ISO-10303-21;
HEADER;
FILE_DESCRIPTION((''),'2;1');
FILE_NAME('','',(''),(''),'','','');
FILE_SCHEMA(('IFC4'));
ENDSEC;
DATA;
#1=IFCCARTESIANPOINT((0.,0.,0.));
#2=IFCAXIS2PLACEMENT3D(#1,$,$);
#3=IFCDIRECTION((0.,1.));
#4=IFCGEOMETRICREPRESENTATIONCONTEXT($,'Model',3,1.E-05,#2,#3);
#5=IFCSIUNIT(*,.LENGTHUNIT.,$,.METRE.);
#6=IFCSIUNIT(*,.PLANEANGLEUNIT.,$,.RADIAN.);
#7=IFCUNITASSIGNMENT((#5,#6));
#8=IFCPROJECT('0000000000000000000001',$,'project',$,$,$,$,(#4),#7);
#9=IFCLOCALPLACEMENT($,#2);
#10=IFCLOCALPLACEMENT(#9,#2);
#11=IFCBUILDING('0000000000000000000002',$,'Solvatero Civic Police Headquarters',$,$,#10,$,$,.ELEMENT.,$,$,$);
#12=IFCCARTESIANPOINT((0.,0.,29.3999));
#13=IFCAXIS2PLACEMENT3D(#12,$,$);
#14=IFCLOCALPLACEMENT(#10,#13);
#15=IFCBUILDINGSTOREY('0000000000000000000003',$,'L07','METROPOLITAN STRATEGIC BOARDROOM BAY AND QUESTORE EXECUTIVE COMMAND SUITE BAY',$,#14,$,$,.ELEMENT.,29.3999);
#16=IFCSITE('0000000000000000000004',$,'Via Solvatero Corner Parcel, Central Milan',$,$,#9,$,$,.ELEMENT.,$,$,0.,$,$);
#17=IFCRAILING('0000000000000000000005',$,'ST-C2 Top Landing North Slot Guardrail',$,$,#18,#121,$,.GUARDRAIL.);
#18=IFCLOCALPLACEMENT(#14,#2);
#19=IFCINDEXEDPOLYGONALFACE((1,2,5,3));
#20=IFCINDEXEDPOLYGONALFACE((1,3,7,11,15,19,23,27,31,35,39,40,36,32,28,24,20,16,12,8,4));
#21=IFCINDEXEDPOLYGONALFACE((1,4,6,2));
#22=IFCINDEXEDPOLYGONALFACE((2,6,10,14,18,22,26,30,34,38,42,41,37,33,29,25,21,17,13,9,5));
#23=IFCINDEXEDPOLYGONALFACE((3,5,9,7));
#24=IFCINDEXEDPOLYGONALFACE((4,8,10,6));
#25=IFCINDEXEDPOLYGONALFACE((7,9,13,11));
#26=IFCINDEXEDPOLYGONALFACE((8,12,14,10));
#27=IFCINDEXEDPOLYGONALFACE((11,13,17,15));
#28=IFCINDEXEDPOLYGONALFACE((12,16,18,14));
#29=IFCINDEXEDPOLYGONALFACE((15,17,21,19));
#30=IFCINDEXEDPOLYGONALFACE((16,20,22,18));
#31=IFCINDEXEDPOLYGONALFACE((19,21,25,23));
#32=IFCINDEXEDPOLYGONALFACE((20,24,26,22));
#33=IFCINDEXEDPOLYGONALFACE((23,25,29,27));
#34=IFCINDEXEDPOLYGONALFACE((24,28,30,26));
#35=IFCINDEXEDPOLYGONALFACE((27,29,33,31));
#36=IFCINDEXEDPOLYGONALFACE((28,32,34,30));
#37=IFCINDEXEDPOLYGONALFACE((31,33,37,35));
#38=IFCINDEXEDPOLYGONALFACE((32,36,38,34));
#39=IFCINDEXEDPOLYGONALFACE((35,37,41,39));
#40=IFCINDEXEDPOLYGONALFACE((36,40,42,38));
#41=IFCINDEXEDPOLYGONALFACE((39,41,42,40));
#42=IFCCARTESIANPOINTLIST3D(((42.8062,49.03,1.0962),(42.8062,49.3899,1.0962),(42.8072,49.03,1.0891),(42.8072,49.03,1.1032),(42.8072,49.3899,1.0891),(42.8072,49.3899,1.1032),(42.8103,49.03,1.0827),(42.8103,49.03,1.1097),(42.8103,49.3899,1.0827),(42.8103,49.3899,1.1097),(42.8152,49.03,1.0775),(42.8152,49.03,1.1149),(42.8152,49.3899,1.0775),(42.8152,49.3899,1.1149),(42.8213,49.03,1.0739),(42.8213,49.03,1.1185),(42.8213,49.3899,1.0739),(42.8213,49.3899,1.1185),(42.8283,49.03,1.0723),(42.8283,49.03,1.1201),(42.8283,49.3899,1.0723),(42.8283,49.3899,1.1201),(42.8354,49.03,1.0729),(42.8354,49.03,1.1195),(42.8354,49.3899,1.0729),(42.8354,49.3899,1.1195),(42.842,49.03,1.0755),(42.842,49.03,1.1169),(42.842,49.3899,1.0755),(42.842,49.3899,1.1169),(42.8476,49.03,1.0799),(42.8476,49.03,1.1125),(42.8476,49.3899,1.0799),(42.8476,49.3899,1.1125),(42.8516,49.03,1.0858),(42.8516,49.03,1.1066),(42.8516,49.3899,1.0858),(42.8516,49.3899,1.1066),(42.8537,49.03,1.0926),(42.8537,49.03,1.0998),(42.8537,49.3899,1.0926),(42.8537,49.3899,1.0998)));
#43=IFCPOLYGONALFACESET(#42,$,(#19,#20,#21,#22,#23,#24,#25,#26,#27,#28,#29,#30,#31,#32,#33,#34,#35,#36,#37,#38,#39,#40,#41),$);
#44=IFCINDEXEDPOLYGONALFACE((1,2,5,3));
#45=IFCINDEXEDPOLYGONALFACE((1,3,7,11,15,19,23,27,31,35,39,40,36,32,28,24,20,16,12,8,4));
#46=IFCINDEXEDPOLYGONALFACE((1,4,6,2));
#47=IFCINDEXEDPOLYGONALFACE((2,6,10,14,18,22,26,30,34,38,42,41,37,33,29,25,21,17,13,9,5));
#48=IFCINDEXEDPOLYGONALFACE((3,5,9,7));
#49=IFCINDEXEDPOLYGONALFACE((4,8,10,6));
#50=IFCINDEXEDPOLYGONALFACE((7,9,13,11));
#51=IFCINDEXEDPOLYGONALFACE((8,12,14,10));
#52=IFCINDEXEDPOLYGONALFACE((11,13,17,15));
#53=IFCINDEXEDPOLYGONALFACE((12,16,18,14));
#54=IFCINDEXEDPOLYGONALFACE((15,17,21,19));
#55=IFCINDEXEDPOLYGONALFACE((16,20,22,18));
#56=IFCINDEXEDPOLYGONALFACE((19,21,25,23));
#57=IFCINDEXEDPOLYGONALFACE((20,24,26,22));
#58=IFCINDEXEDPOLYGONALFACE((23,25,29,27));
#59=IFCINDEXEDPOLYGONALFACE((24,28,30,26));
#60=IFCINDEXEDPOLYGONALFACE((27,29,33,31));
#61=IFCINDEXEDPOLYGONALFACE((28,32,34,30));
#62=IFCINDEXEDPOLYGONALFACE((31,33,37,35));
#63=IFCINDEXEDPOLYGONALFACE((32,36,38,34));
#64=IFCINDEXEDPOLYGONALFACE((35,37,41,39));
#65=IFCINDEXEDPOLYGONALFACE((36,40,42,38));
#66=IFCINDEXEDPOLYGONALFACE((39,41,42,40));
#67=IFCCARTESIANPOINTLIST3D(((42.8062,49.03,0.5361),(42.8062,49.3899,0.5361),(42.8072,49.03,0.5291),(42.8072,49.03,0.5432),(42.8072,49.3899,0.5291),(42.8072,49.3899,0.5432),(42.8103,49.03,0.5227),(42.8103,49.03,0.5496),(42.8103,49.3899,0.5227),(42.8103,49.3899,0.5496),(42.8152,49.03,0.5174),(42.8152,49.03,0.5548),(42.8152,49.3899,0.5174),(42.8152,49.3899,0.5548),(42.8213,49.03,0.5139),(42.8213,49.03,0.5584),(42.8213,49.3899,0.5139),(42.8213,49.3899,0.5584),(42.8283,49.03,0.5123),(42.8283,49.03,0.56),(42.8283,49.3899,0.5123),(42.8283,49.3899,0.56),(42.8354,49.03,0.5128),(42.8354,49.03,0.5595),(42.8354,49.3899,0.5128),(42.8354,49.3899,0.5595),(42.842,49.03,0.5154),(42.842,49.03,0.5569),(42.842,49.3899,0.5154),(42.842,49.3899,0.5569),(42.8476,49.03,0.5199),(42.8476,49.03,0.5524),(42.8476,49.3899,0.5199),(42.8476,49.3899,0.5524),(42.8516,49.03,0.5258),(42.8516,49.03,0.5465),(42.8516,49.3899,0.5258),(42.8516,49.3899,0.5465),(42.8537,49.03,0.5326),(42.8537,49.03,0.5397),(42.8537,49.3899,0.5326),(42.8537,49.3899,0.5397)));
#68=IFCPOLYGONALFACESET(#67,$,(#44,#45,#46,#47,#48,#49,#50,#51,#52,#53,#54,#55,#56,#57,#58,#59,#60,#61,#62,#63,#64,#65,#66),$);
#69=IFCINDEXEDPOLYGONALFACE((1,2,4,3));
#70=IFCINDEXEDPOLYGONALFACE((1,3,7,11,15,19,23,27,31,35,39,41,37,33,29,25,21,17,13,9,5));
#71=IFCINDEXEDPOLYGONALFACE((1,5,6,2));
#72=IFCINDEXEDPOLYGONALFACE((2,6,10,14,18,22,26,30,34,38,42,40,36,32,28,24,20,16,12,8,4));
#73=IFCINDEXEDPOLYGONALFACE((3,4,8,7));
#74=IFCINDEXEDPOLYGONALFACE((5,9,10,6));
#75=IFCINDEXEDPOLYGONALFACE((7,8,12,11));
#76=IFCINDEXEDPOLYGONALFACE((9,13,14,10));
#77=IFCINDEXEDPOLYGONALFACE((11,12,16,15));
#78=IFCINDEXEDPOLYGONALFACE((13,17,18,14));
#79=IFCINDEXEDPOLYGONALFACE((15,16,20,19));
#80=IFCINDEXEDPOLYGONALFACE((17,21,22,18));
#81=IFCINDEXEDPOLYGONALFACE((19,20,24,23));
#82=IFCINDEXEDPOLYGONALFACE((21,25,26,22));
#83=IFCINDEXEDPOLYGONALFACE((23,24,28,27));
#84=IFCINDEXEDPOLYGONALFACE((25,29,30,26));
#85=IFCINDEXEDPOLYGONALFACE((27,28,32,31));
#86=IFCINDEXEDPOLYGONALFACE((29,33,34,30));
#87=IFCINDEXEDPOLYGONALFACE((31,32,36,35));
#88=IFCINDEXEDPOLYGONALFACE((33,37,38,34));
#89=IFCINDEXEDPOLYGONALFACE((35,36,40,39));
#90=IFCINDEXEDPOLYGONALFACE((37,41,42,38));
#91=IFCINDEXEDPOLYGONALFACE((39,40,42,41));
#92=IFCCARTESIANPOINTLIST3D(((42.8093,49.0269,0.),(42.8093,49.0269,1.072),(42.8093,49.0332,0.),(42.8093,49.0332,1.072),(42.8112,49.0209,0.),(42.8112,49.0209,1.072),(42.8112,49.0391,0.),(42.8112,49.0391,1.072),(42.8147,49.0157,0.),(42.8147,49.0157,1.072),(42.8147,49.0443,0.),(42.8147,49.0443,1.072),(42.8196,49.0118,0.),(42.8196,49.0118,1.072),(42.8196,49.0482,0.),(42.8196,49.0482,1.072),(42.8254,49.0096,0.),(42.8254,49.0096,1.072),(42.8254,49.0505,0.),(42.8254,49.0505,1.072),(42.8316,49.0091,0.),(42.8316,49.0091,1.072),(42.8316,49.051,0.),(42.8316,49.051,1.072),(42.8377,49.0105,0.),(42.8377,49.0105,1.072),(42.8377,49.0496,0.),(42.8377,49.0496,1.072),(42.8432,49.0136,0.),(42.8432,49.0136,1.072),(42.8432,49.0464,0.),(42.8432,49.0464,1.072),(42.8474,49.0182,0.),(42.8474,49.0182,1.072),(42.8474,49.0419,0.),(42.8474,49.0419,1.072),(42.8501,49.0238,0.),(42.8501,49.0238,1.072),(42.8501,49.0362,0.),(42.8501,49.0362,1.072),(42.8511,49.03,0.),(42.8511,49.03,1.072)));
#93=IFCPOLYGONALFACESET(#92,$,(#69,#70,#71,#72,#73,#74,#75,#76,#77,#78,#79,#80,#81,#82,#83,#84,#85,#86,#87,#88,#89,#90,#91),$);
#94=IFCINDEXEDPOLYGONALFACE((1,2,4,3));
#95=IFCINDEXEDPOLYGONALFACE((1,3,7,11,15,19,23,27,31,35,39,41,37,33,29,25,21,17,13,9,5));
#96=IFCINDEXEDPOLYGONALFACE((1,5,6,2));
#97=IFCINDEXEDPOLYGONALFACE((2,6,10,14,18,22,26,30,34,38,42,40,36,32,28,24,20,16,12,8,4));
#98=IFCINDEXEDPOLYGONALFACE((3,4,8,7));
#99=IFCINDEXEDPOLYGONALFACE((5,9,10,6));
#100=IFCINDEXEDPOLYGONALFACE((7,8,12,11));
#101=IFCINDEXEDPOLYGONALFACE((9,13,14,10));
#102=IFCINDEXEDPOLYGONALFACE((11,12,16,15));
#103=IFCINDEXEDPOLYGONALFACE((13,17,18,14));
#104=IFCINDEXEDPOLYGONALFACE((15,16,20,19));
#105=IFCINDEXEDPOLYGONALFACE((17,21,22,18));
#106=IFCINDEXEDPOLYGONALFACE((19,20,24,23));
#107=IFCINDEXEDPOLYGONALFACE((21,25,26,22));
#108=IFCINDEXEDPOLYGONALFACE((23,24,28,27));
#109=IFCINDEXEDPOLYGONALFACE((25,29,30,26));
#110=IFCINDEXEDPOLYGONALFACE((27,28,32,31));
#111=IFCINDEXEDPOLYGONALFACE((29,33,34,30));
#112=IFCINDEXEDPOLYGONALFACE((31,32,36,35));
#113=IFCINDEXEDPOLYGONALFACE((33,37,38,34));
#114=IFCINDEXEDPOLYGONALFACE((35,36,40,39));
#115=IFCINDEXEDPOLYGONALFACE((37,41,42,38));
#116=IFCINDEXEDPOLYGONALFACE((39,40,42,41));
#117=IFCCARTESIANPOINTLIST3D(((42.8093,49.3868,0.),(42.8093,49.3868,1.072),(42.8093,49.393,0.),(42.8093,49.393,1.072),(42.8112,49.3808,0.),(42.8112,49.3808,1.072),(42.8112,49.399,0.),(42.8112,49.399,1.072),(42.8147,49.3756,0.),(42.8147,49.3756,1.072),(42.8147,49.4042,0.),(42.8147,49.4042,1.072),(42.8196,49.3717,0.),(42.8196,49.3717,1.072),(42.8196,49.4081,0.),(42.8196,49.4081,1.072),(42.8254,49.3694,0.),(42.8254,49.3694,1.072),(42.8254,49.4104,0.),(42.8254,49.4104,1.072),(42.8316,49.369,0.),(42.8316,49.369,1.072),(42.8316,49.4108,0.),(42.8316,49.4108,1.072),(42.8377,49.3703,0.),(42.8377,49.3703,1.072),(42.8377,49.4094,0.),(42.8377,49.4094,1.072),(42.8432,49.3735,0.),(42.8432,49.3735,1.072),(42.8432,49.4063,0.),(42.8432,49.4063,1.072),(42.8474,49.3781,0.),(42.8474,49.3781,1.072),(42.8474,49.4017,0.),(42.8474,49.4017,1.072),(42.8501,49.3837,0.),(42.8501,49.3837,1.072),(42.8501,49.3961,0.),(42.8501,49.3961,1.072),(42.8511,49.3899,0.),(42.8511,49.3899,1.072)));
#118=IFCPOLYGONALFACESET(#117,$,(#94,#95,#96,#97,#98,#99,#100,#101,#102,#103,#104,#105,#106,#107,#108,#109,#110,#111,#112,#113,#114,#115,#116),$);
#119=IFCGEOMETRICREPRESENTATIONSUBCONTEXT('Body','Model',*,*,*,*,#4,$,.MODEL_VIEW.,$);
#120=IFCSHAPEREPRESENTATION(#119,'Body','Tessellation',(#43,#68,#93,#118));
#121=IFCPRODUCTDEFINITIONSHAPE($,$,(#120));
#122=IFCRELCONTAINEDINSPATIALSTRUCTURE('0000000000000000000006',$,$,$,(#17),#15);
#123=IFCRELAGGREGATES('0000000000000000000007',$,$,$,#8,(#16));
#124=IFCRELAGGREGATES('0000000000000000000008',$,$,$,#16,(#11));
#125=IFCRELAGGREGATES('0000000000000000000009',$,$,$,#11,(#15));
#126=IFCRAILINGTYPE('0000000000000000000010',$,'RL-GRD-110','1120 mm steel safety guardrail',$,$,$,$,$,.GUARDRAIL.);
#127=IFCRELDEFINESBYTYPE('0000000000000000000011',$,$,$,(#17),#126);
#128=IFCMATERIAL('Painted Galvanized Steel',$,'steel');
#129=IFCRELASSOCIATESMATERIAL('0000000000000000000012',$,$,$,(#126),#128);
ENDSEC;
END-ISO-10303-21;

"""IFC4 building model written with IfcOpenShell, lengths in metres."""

from ifc_helpers import new_model, si_unit, direction, frame, origin, origin_2d, place, context, subcontext, project, spatial, circle, extrude, material, type_object, element, save


model = new_model("IFC4")

# Units and contexts
model_context = context("Model", 3, precision=1e-05, world=origin(), true_north=direction((0.0, 1.0)))
body_context = subcontext(model_context, "Body", "Model", "MODEL_VIEW")
ifc_project = project(units=[si_unit("LENGTHUNIT", "METRE"), si_unit("PLANEANGLEUNIT", "RADIAN")], contexts=[model_context])

# Site, building, storey
site_placement = place(None, origin())
site = spatial("IfcSite", under=ifc_project, at=site_placement, Name="Via Solvatero Corner Parcel, Central Milan", CompositionType="ELEMENT", RefElevation=0.0)
building_placement = place(site_placement, origin())
building = spatial("IfcBuilding", under=site, at=building_placement, Name="Solvatero Civic Police Headquarters", CompositionType="ELEMENT")
storey_placement = place(building_placement, frame((0.0, 0.0, 29.3999)))
storey = spatial("IfcBuildingStorey", under=building, at=storey_placement, Name="L07", Description="METROPOLITAN STRATEGIC BOARDROOM BAY AND QUESTORE EXECUTIVE COMMAND SUITE BAY", CompositionType="ELEMENT", Elevation=29.3999)

# Railing
ifc_material_1 = material(Name="Painted Galvanized Steel", Category="steel")
railing_type = type_object("IfcRailingType", Name="RL-GRD-110", Description="1120 mm steel safety guardrail", PredefinedType="GUARDRAIL", material=ifc_material_1)
railing_1_placement = place(storey_placement, frame((42.8301, 49.03, 0.0)))
element("IfcRailing", 1, at=railing_1_placement, inside=storey, type_object=railing_type, Name="ST-C2 Top Landing North Slot Guardrail", PredefinedType="GUARDRAIL", context=body_context, shape_type="SweptSolid", body=[
    extrude(circle(Radius=0.0239, at=origin_2d()), frame((0.0, 0.0, 1.0962), z_axis=(0.0, 1.0, 0.0), x_axis=(-1.0, 0.0, 0.0)), (0.0, 0.0, 1.0), 0.3599),
    extrude(circle(Radius=0.0239, at=origin_2d()), frame((0.0, 0.0, 0.5361), z_axis=(0.0, 1.0, 0.0), x_axis=(-1.0, 0.0, 0.0)), (0.0, 0.0, 1.0), 0.3599),
    extrude(circle(Radius=0.021, at=origin_2d()), origin(), (0.0, 0.0, 1.0), 1.072),
    extrude(circle(Radius=0.021, at=origin_2d()), frame((0.0, 0.3599, 0.0)), (0.0, 0.0, 1.0), 1.072),
])

save(model, "model.ifc")
